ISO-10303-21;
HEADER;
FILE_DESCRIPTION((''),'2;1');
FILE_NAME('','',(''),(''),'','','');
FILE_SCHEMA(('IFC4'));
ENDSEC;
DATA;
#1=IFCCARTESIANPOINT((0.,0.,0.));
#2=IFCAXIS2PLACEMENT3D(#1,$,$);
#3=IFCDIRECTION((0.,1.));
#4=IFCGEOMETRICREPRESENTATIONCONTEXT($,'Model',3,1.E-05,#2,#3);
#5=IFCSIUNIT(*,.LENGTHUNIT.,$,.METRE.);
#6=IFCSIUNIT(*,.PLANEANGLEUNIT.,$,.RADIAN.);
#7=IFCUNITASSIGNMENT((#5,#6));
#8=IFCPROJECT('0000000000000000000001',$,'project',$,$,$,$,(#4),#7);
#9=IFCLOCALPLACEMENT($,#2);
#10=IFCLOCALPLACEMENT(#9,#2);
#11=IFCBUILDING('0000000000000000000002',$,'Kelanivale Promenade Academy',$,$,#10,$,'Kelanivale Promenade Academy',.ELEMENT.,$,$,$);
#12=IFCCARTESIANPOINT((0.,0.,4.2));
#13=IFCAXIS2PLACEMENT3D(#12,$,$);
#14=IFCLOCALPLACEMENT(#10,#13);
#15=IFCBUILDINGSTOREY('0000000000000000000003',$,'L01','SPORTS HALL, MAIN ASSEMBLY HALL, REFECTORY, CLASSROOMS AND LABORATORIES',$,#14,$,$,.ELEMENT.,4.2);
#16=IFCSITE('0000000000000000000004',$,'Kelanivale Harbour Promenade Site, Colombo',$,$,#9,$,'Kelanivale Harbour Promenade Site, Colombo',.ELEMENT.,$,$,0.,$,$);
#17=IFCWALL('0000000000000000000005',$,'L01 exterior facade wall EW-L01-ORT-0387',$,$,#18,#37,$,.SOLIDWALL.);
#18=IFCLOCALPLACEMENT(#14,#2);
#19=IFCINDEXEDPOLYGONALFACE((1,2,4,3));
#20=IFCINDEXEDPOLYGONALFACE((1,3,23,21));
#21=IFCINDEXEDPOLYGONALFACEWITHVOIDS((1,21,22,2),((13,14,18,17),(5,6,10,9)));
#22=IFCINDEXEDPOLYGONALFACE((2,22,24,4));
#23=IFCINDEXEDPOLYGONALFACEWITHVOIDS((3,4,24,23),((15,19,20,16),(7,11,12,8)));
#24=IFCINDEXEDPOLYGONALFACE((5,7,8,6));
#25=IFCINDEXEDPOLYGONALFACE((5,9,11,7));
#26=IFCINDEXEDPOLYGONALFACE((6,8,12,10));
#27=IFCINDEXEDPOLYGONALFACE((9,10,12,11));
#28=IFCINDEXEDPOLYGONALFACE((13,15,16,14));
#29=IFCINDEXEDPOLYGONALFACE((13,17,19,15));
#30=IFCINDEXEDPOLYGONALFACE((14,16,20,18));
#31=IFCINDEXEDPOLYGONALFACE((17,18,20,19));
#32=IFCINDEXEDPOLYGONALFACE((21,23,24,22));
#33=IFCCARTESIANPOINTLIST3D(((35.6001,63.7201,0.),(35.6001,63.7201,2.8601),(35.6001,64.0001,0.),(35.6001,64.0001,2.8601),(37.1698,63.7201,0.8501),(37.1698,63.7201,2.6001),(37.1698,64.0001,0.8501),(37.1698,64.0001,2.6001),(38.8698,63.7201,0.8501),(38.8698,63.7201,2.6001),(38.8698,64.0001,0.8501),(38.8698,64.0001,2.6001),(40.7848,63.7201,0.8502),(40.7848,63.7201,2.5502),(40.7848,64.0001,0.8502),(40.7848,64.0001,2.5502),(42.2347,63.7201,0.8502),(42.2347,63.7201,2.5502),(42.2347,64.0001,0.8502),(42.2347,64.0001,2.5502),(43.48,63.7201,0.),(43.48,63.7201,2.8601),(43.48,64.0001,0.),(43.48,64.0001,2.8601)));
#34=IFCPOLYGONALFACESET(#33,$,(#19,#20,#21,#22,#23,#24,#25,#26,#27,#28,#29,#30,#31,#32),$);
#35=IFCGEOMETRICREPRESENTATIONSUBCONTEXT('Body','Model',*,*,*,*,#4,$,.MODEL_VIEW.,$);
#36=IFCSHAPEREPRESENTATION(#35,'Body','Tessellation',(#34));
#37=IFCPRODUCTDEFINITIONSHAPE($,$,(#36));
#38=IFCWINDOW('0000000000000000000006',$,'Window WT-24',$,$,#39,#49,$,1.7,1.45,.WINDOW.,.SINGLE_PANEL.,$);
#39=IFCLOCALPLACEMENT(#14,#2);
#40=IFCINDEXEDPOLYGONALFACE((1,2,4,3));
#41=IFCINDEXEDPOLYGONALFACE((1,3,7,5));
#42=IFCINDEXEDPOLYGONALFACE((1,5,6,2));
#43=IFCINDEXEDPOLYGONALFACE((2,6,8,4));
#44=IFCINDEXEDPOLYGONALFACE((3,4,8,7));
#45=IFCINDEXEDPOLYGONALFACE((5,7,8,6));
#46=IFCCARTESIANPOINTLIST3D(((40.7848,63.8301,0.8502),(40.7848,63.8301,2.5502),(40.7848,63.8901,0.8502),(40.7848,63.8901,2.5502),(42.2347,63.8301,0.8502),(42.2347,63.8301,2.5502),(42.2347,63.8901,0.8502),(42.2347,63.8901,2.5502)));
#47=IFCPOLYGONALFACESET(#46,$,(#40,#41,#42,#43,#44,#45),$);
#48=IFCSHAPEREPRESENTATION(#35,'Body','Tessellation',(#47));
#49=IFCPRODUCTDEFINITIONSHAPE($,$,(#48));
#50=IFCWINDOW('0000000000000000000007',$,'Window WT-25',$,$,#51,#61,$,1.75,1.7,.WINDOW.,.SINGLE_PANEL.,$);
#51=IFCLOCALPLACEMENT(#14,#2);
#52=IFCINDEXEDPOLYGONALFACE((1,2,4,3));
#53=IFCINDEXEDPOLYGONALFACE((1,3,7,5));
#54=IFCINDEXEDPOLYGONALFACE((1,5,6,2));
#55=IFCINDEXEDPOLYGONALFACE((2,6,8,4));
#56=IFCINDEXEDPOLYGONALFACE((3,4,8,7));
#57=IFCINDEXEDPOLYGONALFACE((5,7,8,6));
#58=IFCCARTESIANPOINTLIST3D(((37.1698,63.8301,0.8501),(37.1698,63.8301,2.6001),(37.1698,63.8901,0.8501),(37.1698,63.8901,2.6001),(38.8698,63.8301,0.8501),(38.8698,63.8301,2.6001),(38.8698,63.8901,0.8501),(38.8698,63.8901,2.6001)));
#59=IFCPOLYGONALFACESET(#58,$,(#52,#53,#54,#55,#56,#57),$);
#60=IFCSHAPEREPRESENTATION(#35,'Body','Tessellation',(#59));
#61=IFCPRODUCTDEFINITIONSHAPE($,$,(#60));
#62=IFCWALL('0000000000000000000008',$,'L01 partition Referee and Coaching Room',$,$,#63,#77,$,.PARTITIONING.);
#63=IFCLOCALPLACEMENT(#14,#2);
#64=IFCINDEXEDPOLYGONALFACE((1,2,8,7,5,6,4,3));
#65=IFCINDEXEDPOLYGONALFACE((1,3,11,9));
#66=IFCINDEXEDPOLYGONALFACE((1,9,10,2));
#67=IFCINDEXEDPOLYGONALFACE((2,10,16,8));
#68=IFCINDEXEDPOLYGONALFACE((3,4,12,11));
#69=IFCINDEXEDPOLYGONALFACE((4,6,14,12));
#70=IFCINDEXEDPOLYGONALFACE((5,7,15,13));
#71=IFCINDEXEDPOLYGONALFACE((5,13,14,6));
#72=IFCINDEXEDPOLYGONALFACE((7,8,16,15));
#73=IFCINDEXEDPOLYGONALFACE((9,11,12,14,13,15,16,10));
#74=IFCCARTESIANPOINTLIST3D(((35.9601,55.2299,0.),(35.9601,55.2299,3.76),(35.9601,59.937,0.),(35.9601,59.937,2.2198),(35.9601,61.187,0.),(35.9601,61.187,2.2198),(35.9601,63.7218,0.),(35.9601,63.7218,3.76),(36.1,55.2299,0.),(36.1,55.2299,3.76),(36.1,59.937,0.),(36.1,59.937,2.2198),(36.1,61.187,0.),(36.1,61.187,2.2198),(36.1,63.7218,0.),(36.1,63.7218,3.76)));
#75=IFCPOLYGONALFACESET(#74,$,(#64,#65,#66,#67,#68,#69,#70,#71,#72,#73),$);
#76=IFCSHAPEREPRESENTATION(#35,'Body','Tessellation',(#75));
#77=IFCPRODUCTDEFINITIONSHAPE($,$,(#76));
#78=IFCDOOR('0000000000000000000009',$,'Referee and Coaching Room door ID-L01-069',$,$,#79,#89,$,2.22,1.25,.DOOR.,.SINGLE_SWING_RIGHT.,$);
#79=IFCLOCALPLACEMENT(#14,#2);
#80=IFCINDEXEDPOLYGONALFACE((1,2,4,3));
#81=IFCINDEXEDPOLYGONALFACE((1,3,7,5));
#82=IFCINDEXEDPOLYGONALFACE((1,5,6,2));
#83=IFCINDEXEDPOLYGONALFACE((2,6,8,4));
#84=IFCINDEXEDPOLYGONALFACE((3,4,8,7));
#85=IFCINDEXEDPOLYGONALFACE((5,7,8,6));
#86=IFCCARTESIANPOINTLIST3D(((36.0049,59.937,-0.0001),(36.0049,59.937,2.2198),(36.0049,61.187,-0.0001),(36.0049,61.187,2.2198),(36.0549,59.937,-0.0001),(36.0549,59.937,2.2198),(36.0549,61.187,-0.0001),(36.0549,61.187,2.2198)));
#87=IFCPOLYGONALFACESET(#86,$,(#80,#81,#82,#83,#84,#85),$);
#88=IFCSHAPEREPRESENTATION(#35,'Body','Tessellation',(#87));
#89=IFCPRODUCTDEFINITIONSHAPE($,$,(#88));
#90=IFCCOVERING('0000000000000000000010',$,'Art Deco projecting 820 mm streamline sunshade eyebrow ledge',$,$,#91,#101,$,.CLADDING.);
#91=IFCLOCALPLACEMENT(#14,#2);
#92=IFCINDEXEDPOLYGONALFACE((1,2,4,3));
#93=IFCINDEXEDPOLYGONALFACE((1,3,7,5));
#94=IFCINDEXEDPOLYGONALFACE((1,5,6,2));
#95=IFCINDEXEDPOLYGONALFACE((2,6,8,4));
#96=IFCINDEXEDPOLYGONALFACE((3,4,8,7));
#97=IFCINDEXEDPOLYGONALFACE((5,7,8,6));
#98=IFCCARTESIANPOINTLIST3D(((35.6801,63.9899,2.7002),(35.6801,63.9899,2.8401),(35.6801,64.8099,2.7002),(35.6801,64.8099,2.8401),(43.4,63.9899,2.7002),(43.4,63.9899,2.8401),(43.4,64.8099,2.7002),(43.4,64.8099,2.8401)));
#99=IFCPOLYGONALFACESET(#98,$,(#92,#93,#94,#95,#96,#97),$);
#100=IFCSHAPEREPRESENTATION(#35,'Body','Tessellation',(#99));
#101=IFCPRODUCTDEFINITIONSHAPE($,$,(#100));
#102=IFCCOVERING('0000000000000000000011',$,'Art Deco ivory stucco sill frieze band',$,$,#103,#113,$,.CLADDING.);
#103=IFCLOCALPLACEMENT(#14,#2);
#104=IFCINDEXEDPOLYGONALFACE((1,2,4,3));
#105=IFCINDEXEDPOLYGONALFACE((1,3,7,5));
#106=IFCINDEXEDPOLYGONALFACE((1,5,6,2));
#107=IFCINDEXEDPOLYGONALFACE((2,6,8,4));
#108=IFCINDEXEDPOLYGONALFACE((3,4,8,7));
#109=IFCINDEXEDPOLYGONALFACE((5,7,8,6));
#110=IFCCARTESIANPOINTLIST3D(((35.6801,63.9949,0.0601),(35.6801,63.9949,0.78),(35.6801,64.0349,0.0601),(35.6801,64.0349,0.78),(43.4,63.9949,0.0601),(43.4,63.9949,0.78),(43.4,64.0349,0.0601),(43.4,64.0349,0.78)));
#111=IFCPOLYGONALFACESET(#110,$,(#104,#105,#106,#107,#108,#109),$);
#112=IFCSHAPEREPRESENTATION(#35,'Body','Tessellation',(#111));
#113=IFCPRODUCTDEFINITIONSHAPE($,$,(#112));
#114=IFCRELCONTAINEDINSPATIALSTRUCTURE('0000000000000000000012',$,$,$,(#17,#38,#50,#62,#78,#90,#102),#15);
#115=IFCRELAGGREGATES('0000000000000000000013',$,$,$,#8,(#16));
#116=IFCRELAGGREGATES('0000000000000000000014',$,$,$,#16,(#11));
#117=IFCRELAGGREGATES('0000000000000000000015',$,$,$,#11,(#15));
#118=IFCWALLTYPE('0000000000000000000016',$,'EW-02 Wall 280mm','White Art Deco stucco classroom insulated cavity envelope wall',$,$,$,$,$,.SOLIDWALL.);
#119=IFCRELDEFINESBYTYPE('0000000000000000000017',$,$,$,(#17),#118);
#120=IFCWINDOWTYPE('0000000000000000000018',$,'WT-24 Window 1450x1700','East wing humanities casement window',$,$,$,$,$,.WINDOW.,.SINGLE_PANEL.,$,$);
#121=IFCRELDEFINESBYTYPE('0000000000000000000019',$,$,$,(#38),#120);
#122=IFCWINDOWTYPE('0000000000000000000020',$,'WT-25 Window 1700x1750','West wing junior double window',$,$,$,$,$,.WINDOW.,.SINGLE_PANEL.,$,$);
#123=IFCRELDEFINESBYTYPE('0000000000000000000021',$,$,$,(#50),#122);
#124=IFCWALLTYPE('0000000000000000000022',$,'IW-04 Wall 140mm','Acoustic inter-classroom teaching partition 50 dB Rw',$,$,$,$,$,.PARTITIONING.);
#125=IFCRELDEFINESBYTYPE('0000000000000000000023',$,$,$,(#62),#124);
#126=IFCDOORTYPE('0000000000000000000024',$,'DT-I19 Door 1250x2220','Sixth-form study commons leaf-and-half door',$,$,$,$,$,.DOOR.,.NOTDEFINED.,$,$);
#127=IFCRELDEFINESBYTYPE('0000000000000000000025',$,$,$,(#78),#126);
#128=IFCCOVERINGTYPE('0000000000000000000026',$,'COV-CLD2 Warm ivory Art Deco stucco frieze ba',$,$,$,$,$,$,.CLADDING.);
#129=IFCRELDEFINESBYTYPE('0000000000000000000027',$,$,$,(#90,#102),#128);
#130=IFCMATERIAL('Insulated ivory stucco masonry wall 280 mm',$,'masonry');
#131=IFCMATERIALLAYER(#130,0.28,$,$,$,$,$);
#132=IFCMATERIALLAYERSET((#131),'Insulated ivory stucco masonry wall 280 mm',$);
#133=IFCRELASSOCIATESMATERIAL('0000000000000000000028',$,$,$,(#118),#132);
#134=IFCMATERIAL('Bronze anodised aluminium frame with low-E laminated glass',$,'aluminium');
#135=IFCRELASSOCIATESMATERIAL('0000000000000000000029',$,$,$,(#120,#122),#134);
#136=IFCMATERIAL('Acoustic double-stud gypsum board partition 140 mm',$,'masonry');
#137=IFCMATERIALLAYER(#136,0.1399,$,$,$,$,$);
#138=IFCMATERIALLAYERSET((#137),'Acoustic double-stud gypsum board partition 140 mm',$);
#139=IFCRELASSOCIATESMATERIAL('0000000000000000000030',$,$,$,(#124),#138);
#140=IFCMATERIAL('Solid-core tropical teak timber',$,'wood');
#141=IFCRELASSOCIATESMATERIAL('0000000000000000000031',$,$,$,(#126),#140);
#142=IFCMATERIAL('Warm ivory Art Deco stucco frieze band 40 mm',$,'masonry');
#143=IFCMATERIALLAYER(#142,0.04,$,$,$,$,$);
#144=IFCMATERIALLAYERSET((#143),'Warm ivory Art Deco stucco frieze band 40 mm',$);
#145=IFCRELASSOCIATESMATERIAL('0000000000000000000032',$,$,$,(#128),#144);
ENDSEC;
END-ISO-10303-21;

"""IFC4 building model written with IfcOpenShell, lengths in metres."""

from ifc_helpers import new_model, si_unit, direction, frame, frame_2d, origin, origin_2d, place, context, subcontext, project, spatial, rectangle, extrude, material, layer, layer_set, type_object, element, fill, save


model = new_model("IFC4")

# Units and contexts
model_context = context("Model", 3, precision=1e-05, world=origin(), true_north=direction((0.0, 1.0)))
body_context = subcontext(model_context, "Body", "Model", "MODEL_VIEW")
ifc_project = project(units=[si_unit("LENGTHUNIT", "METRE"), si_unit("PLANEANGLEUNIT", "RADIAN")], contexts=[model_context])

# Site, building, storey
site_placement = place(None, origin())
site = spatial("IfcSite", under=ifc_project, at=site_placement, Name="Kelanivale Harbour Promenade Site, Colombo", LongName="Kelanivale Harbour Promenade Site, Colombo", CompositionType="ELEMENT", RefElevation=0.0)
building_placement = place(site_placement, origin())
building = spatial("IfcBuilding", under=site, at=building_placement, Name="Kelanivale Promenade Academy", LongName="Kelanivale Promenade Academy", CompositionType="ELEMENT")
storey_placement = place(building_placement, frame((0.0, 0.0, 4.2)))
storey = spatial("IfcBuildingStorey", under=building, at=storey_placement, Name="L01", Description="SPORTS HALL, MAIN ASSEMBLY HALL, REFECTORY, CLASSROOMS AND LABORATORIES", CompositionType="ELEMENT", Elevation=4.2)

# Wall, openings, windows
ifc_material_1 = material(Name="Insulated ivory stucco masonry wall 280 mm", Category="masonry")
ifc_layer_1 = layer(ifc_material_1, 0.28)
ifc_layer_set_1 = layer_set([ifc_layer_1], Name="Insulated ivory stucco masonry wall 280 mm")
wall_type_1 = type_object("IfcWallType", Name="EW-02 Wall 280mm", Description="White Art Deco stucco classroom insulated cavity envelope wall", PredefinedType="SOLIDWALL", material=ifc_layer_set_1)
wall_1_placement = place(storey_placement, frame((43.48, 63.8601, 0.0), z_axis=(0.0, 0.0, 1.0), x_axis=(-1.0, 0.0, 0.0)))
wall_1 = element("IfcWall", 1, at=wall_1_placement, inside=storey, type_object=wall_type_1, Name="L01 exterior facade wall EW-L01-ORT-0387", PredefinedType="SOLIDWALL", context=body_context, shape_type="SweptSolid", body=[
    extrude(rectangle(XDim=7.8799, YDim=0.28, at=frame_2d((3.9399, 0.0))), origin(), (0.0, 0.0, 1.0), 2.8601),
])
opening_1_placement = place(wall_1_placement, frame((1.2451, 0.0, 0.8501)))
opening_1 = element("IfcOpeningElement", 2, at=opening_1_placement, cuts=wall_1, PredefinedType="OPENING", context=body_context, shape_type="SweptSolid", body=[
    extrude(rectangle(XDim=1.45, YDim=1.7, at=frame_2d((0.7251, 0.8501))), frame((0.0, 0.1499, 0.0), z_axis=(0.0, -1.0, 0.0), x_axis=(1.0, 0.0, 0.0)), (0.0, 0.0, 1.0), 0.3),
])
opening_2_placement = place(wall_1_placement, frame((4.6101, 0.0, 0.8501)))
opening_2 = element("IfcOpeningElement", 3, at=opening_2_placement, cuts=wall_1, PredefinedType="OPENING", context=body_context, shape_type="SweptSolid", body=[
    extrude(rectangle(XDim=1.7, YDim=1.75, at=frame_2d((0.8501, 0.875))), frame((0.0, 0.1499, 0.0), z_axis=(0.0, -1.0, 0.0), x_axis=(1.0, 0.0, 0.0)), (0.0, 0.0, 1.0), 0.3),
])
ifc_material_2 = material(Name="Bronze anodised aluminium frame with low-E laminated glass", Category="aluminium")
window_type_1 = type_object("IfcWindowType", Name="WT-24 Window 1450x1700", Description="East wing humanities casement window", PartitioningType="SINGLE_PANEL", PredefinedType="WINDOW", material=ifc_material_2)
window_1_placement = place(opening_1_placement, origin())
window_1 = element("IfcWindow", 4, at=window_1_placement, inside=storey, type_object=window_type_1, Name="Window WT-24", OverallHeight=1.7, OverallWidth=1.45, PartitioningType="SINGLE_PANEL", PredefinedType="WINDOW", context=body_context, shape_type="SweptSolid", body=[
    extrude(rectangle(XDim=1.45, YDim=1.7, at=frame_2d((0.7251, 0.8501))), frame((0.0, 0.03, 0.0), z_axis=(0.0, -1.0, 0.0), x_axis=(1.0, 0.0, 0.0)), (0.0, 0.0, 1.0), 0.0601),
])
fill(opening_1, window_1)
window_type_2 = type_object("IfcWindowType", Name="WT-25 Window 1700x1750", Description="West wing junior double window", PartitioningType="SINGLE_PANEL", PredefinedType="WINDOW", material=ifc_material_2)
window_2_placement = place(opening_2_placement, origin())
window_2 = element("IfcWindow", 5, at=window_2_placement, inside=storey, type_object=window_type_2, Name="Window WT-25", OverallHeight=1.75, OverallWidth=1.7, PartitioningType="SINGLE_PANEL", PredefinedType="WINDOW", context=body_context, shape_type="SweptSolid", body=[
    extrude(rectangle(XDim=1.7, YDim=1.75, at=frame_2d((0.8501, 0.875))), frame((0.0, 0.03, 0.0), z_axis=(0.0, -1.0, 0.0), x_axis=(1.0, 0.0, 0.0)), (0.0, 0.0, 1.0), 0.0601),
])
fill(opening_2, window_2)

# Wall, opening, door
ifc_material_3 = material(Name="Acoustic double-stud gypsum board partition 140 mm", Category="masonry")
ifc_layer_2 = layer(ifc_material_3, 0.1399)
ifc_layer_set_2 = layer_set([ifc_layer_2], Name="Acoustic double-stud gypsum board partition 140 mm")
wall_type_2 = type_object("IfcWallType", Name="IW-04 Wall 140mm", Description="Acoustic inter-classroom teaching partition 50 dB Rw", PredefinedType="PARTITIONING", material=ifc_layer_set_2)
wall_2_placement = place(storey_placement, frame((36.03, 63.7219, 0.0), z_axis=(0.0, 0.0, 1.0), x_axis=(0.0, -1.0, 0.0)))
wall_2 = element("IfcWall", 6, at=wall_2_placement, inside=storey, type_object=wall_type_2, Name="L01 partition Referee and Coaching Room", PredefinedType="PARTITIONING", context=body_context, shape_type="SweptSolid", body=[
    extrude(rectangle(XDim=8.4919, YDim=0.1399, at=frame_2d((4.2461, 0.0))), origin(), (0.0, 0.0, 1.0), 3.76),
])
opening_3_placement = place(wall_2_placement, frame((2.5349, 0.0, 0.0)))
opening_3 = element("IfcOpeningElement", 7, at=opening_3_placement, cuts=wall_2, PredefinedType="OPENING", context=body_context, shape_type="SweptSolid", body=[
    extrude(rectangle(XDim=1.25, YDim=2.22, at=frame_2d((0.625, 1.1099))), frame((0.0, 0.0801, 0.0), z_axis=(0.0, -1.0, 0.0), x_axis=(1.0, 0.0, 0.0)), (0.0, 0.0, 1.0), 0.1599),
])
ifc_material_4 = material(Name="Solid-core tropical teak timber", Category="wood")
door_type = type_object("IfcDoorType", Name="DT-I19 Door 1250x2220", Description="Sixth-form study commons leaf-and-half door", OperationType="NOTDEFINED", PredefinedType="DOOR", material=ifc_material_4)
door_placement = place(opening_3_placement, origin())
door = element("IfcDoor", 8, at=door_placement, inside=storey, type_object=door_type, Name="Referee and Coaching Room door ID-L01-069", OperationType="SINGLE_SWING_RIGHT", OverallHeight=2.22, OverallWidth=1.25, PredefinedType="DOOR", context=body_context, shape_type="SweptSolid", body=[
    extrude(rectangle(XDim=1.25, YDim=2.22, at=frame_2d((0.625, 1.1099))), frame((0.0, 0.0249, 0.0), z_axis=(0.0, -1.0, 0.0), x_axis=(1.0, 0.0, 0.0)), (0.0, 0.0, 1.0), 0.05),
])
fill(opening_3, door)

# Coverings
ifc_material_5 = material(Name="Warm ivory Art Deco stucco frieze band 40 mm", Category="masonry")
ifc_layer_3 = layer(ifc_material_5, 0.04)
ifc_layer_set_3 = layer_set([ifc_layer_3], Name="Warm ivory Art Deco stucco frieze band 40 mm")
covering_type = type_object("IfcCoveringType", Name="COV-CLD2 Warm ivory Art Deco stucco frieze ba", PredefinedType="CLADDING", material=ifc_layer_set_3)
covering_1_placement = place(storey_placement, frame((39.54, 64.3999, 2.7002), z_axis=(0.0, 0.0, 1.0), x_axis=(-1.0, 0.0, 0.0)))
element("IfcCovering", 9, at=covering_1_placement, inside=storey, type_object=covering_type, Name="Art Deco projecting 820 mm streamline sunshade eyebrow ledge", PredefinedType="CLADDING", context=body_context, shape_type="SweptSolid", body=[
    extrude(rectangle(XDim=7.72, YDim=0.8201, at=origin_2d()), origin(), (0.0, 0.0, 1.0), 0.1399),
])
covering_2_placement = place(storey_placement, frame((39.54, 64.0149, 0.0601), z_axis=(0.0, 0.0, 1.0), x_axis=(-1.0, 0.0, 0.0)))
element("IfcCovering", 10, at=covering_2_placement, inside=storey, type_object=covering_type, Name="Art Deco ivory stucco sill frieze band", PredefinedType="CLADDING", context=body_context, shape_type="SweptSolid", body=[
    extrude(rectangle(XDim=7.72, YDim=0.04, at=origin_2d()), origin(), (0.0, 0.0, 1.0), 0.72),
])

save(model, "model.ifc")
